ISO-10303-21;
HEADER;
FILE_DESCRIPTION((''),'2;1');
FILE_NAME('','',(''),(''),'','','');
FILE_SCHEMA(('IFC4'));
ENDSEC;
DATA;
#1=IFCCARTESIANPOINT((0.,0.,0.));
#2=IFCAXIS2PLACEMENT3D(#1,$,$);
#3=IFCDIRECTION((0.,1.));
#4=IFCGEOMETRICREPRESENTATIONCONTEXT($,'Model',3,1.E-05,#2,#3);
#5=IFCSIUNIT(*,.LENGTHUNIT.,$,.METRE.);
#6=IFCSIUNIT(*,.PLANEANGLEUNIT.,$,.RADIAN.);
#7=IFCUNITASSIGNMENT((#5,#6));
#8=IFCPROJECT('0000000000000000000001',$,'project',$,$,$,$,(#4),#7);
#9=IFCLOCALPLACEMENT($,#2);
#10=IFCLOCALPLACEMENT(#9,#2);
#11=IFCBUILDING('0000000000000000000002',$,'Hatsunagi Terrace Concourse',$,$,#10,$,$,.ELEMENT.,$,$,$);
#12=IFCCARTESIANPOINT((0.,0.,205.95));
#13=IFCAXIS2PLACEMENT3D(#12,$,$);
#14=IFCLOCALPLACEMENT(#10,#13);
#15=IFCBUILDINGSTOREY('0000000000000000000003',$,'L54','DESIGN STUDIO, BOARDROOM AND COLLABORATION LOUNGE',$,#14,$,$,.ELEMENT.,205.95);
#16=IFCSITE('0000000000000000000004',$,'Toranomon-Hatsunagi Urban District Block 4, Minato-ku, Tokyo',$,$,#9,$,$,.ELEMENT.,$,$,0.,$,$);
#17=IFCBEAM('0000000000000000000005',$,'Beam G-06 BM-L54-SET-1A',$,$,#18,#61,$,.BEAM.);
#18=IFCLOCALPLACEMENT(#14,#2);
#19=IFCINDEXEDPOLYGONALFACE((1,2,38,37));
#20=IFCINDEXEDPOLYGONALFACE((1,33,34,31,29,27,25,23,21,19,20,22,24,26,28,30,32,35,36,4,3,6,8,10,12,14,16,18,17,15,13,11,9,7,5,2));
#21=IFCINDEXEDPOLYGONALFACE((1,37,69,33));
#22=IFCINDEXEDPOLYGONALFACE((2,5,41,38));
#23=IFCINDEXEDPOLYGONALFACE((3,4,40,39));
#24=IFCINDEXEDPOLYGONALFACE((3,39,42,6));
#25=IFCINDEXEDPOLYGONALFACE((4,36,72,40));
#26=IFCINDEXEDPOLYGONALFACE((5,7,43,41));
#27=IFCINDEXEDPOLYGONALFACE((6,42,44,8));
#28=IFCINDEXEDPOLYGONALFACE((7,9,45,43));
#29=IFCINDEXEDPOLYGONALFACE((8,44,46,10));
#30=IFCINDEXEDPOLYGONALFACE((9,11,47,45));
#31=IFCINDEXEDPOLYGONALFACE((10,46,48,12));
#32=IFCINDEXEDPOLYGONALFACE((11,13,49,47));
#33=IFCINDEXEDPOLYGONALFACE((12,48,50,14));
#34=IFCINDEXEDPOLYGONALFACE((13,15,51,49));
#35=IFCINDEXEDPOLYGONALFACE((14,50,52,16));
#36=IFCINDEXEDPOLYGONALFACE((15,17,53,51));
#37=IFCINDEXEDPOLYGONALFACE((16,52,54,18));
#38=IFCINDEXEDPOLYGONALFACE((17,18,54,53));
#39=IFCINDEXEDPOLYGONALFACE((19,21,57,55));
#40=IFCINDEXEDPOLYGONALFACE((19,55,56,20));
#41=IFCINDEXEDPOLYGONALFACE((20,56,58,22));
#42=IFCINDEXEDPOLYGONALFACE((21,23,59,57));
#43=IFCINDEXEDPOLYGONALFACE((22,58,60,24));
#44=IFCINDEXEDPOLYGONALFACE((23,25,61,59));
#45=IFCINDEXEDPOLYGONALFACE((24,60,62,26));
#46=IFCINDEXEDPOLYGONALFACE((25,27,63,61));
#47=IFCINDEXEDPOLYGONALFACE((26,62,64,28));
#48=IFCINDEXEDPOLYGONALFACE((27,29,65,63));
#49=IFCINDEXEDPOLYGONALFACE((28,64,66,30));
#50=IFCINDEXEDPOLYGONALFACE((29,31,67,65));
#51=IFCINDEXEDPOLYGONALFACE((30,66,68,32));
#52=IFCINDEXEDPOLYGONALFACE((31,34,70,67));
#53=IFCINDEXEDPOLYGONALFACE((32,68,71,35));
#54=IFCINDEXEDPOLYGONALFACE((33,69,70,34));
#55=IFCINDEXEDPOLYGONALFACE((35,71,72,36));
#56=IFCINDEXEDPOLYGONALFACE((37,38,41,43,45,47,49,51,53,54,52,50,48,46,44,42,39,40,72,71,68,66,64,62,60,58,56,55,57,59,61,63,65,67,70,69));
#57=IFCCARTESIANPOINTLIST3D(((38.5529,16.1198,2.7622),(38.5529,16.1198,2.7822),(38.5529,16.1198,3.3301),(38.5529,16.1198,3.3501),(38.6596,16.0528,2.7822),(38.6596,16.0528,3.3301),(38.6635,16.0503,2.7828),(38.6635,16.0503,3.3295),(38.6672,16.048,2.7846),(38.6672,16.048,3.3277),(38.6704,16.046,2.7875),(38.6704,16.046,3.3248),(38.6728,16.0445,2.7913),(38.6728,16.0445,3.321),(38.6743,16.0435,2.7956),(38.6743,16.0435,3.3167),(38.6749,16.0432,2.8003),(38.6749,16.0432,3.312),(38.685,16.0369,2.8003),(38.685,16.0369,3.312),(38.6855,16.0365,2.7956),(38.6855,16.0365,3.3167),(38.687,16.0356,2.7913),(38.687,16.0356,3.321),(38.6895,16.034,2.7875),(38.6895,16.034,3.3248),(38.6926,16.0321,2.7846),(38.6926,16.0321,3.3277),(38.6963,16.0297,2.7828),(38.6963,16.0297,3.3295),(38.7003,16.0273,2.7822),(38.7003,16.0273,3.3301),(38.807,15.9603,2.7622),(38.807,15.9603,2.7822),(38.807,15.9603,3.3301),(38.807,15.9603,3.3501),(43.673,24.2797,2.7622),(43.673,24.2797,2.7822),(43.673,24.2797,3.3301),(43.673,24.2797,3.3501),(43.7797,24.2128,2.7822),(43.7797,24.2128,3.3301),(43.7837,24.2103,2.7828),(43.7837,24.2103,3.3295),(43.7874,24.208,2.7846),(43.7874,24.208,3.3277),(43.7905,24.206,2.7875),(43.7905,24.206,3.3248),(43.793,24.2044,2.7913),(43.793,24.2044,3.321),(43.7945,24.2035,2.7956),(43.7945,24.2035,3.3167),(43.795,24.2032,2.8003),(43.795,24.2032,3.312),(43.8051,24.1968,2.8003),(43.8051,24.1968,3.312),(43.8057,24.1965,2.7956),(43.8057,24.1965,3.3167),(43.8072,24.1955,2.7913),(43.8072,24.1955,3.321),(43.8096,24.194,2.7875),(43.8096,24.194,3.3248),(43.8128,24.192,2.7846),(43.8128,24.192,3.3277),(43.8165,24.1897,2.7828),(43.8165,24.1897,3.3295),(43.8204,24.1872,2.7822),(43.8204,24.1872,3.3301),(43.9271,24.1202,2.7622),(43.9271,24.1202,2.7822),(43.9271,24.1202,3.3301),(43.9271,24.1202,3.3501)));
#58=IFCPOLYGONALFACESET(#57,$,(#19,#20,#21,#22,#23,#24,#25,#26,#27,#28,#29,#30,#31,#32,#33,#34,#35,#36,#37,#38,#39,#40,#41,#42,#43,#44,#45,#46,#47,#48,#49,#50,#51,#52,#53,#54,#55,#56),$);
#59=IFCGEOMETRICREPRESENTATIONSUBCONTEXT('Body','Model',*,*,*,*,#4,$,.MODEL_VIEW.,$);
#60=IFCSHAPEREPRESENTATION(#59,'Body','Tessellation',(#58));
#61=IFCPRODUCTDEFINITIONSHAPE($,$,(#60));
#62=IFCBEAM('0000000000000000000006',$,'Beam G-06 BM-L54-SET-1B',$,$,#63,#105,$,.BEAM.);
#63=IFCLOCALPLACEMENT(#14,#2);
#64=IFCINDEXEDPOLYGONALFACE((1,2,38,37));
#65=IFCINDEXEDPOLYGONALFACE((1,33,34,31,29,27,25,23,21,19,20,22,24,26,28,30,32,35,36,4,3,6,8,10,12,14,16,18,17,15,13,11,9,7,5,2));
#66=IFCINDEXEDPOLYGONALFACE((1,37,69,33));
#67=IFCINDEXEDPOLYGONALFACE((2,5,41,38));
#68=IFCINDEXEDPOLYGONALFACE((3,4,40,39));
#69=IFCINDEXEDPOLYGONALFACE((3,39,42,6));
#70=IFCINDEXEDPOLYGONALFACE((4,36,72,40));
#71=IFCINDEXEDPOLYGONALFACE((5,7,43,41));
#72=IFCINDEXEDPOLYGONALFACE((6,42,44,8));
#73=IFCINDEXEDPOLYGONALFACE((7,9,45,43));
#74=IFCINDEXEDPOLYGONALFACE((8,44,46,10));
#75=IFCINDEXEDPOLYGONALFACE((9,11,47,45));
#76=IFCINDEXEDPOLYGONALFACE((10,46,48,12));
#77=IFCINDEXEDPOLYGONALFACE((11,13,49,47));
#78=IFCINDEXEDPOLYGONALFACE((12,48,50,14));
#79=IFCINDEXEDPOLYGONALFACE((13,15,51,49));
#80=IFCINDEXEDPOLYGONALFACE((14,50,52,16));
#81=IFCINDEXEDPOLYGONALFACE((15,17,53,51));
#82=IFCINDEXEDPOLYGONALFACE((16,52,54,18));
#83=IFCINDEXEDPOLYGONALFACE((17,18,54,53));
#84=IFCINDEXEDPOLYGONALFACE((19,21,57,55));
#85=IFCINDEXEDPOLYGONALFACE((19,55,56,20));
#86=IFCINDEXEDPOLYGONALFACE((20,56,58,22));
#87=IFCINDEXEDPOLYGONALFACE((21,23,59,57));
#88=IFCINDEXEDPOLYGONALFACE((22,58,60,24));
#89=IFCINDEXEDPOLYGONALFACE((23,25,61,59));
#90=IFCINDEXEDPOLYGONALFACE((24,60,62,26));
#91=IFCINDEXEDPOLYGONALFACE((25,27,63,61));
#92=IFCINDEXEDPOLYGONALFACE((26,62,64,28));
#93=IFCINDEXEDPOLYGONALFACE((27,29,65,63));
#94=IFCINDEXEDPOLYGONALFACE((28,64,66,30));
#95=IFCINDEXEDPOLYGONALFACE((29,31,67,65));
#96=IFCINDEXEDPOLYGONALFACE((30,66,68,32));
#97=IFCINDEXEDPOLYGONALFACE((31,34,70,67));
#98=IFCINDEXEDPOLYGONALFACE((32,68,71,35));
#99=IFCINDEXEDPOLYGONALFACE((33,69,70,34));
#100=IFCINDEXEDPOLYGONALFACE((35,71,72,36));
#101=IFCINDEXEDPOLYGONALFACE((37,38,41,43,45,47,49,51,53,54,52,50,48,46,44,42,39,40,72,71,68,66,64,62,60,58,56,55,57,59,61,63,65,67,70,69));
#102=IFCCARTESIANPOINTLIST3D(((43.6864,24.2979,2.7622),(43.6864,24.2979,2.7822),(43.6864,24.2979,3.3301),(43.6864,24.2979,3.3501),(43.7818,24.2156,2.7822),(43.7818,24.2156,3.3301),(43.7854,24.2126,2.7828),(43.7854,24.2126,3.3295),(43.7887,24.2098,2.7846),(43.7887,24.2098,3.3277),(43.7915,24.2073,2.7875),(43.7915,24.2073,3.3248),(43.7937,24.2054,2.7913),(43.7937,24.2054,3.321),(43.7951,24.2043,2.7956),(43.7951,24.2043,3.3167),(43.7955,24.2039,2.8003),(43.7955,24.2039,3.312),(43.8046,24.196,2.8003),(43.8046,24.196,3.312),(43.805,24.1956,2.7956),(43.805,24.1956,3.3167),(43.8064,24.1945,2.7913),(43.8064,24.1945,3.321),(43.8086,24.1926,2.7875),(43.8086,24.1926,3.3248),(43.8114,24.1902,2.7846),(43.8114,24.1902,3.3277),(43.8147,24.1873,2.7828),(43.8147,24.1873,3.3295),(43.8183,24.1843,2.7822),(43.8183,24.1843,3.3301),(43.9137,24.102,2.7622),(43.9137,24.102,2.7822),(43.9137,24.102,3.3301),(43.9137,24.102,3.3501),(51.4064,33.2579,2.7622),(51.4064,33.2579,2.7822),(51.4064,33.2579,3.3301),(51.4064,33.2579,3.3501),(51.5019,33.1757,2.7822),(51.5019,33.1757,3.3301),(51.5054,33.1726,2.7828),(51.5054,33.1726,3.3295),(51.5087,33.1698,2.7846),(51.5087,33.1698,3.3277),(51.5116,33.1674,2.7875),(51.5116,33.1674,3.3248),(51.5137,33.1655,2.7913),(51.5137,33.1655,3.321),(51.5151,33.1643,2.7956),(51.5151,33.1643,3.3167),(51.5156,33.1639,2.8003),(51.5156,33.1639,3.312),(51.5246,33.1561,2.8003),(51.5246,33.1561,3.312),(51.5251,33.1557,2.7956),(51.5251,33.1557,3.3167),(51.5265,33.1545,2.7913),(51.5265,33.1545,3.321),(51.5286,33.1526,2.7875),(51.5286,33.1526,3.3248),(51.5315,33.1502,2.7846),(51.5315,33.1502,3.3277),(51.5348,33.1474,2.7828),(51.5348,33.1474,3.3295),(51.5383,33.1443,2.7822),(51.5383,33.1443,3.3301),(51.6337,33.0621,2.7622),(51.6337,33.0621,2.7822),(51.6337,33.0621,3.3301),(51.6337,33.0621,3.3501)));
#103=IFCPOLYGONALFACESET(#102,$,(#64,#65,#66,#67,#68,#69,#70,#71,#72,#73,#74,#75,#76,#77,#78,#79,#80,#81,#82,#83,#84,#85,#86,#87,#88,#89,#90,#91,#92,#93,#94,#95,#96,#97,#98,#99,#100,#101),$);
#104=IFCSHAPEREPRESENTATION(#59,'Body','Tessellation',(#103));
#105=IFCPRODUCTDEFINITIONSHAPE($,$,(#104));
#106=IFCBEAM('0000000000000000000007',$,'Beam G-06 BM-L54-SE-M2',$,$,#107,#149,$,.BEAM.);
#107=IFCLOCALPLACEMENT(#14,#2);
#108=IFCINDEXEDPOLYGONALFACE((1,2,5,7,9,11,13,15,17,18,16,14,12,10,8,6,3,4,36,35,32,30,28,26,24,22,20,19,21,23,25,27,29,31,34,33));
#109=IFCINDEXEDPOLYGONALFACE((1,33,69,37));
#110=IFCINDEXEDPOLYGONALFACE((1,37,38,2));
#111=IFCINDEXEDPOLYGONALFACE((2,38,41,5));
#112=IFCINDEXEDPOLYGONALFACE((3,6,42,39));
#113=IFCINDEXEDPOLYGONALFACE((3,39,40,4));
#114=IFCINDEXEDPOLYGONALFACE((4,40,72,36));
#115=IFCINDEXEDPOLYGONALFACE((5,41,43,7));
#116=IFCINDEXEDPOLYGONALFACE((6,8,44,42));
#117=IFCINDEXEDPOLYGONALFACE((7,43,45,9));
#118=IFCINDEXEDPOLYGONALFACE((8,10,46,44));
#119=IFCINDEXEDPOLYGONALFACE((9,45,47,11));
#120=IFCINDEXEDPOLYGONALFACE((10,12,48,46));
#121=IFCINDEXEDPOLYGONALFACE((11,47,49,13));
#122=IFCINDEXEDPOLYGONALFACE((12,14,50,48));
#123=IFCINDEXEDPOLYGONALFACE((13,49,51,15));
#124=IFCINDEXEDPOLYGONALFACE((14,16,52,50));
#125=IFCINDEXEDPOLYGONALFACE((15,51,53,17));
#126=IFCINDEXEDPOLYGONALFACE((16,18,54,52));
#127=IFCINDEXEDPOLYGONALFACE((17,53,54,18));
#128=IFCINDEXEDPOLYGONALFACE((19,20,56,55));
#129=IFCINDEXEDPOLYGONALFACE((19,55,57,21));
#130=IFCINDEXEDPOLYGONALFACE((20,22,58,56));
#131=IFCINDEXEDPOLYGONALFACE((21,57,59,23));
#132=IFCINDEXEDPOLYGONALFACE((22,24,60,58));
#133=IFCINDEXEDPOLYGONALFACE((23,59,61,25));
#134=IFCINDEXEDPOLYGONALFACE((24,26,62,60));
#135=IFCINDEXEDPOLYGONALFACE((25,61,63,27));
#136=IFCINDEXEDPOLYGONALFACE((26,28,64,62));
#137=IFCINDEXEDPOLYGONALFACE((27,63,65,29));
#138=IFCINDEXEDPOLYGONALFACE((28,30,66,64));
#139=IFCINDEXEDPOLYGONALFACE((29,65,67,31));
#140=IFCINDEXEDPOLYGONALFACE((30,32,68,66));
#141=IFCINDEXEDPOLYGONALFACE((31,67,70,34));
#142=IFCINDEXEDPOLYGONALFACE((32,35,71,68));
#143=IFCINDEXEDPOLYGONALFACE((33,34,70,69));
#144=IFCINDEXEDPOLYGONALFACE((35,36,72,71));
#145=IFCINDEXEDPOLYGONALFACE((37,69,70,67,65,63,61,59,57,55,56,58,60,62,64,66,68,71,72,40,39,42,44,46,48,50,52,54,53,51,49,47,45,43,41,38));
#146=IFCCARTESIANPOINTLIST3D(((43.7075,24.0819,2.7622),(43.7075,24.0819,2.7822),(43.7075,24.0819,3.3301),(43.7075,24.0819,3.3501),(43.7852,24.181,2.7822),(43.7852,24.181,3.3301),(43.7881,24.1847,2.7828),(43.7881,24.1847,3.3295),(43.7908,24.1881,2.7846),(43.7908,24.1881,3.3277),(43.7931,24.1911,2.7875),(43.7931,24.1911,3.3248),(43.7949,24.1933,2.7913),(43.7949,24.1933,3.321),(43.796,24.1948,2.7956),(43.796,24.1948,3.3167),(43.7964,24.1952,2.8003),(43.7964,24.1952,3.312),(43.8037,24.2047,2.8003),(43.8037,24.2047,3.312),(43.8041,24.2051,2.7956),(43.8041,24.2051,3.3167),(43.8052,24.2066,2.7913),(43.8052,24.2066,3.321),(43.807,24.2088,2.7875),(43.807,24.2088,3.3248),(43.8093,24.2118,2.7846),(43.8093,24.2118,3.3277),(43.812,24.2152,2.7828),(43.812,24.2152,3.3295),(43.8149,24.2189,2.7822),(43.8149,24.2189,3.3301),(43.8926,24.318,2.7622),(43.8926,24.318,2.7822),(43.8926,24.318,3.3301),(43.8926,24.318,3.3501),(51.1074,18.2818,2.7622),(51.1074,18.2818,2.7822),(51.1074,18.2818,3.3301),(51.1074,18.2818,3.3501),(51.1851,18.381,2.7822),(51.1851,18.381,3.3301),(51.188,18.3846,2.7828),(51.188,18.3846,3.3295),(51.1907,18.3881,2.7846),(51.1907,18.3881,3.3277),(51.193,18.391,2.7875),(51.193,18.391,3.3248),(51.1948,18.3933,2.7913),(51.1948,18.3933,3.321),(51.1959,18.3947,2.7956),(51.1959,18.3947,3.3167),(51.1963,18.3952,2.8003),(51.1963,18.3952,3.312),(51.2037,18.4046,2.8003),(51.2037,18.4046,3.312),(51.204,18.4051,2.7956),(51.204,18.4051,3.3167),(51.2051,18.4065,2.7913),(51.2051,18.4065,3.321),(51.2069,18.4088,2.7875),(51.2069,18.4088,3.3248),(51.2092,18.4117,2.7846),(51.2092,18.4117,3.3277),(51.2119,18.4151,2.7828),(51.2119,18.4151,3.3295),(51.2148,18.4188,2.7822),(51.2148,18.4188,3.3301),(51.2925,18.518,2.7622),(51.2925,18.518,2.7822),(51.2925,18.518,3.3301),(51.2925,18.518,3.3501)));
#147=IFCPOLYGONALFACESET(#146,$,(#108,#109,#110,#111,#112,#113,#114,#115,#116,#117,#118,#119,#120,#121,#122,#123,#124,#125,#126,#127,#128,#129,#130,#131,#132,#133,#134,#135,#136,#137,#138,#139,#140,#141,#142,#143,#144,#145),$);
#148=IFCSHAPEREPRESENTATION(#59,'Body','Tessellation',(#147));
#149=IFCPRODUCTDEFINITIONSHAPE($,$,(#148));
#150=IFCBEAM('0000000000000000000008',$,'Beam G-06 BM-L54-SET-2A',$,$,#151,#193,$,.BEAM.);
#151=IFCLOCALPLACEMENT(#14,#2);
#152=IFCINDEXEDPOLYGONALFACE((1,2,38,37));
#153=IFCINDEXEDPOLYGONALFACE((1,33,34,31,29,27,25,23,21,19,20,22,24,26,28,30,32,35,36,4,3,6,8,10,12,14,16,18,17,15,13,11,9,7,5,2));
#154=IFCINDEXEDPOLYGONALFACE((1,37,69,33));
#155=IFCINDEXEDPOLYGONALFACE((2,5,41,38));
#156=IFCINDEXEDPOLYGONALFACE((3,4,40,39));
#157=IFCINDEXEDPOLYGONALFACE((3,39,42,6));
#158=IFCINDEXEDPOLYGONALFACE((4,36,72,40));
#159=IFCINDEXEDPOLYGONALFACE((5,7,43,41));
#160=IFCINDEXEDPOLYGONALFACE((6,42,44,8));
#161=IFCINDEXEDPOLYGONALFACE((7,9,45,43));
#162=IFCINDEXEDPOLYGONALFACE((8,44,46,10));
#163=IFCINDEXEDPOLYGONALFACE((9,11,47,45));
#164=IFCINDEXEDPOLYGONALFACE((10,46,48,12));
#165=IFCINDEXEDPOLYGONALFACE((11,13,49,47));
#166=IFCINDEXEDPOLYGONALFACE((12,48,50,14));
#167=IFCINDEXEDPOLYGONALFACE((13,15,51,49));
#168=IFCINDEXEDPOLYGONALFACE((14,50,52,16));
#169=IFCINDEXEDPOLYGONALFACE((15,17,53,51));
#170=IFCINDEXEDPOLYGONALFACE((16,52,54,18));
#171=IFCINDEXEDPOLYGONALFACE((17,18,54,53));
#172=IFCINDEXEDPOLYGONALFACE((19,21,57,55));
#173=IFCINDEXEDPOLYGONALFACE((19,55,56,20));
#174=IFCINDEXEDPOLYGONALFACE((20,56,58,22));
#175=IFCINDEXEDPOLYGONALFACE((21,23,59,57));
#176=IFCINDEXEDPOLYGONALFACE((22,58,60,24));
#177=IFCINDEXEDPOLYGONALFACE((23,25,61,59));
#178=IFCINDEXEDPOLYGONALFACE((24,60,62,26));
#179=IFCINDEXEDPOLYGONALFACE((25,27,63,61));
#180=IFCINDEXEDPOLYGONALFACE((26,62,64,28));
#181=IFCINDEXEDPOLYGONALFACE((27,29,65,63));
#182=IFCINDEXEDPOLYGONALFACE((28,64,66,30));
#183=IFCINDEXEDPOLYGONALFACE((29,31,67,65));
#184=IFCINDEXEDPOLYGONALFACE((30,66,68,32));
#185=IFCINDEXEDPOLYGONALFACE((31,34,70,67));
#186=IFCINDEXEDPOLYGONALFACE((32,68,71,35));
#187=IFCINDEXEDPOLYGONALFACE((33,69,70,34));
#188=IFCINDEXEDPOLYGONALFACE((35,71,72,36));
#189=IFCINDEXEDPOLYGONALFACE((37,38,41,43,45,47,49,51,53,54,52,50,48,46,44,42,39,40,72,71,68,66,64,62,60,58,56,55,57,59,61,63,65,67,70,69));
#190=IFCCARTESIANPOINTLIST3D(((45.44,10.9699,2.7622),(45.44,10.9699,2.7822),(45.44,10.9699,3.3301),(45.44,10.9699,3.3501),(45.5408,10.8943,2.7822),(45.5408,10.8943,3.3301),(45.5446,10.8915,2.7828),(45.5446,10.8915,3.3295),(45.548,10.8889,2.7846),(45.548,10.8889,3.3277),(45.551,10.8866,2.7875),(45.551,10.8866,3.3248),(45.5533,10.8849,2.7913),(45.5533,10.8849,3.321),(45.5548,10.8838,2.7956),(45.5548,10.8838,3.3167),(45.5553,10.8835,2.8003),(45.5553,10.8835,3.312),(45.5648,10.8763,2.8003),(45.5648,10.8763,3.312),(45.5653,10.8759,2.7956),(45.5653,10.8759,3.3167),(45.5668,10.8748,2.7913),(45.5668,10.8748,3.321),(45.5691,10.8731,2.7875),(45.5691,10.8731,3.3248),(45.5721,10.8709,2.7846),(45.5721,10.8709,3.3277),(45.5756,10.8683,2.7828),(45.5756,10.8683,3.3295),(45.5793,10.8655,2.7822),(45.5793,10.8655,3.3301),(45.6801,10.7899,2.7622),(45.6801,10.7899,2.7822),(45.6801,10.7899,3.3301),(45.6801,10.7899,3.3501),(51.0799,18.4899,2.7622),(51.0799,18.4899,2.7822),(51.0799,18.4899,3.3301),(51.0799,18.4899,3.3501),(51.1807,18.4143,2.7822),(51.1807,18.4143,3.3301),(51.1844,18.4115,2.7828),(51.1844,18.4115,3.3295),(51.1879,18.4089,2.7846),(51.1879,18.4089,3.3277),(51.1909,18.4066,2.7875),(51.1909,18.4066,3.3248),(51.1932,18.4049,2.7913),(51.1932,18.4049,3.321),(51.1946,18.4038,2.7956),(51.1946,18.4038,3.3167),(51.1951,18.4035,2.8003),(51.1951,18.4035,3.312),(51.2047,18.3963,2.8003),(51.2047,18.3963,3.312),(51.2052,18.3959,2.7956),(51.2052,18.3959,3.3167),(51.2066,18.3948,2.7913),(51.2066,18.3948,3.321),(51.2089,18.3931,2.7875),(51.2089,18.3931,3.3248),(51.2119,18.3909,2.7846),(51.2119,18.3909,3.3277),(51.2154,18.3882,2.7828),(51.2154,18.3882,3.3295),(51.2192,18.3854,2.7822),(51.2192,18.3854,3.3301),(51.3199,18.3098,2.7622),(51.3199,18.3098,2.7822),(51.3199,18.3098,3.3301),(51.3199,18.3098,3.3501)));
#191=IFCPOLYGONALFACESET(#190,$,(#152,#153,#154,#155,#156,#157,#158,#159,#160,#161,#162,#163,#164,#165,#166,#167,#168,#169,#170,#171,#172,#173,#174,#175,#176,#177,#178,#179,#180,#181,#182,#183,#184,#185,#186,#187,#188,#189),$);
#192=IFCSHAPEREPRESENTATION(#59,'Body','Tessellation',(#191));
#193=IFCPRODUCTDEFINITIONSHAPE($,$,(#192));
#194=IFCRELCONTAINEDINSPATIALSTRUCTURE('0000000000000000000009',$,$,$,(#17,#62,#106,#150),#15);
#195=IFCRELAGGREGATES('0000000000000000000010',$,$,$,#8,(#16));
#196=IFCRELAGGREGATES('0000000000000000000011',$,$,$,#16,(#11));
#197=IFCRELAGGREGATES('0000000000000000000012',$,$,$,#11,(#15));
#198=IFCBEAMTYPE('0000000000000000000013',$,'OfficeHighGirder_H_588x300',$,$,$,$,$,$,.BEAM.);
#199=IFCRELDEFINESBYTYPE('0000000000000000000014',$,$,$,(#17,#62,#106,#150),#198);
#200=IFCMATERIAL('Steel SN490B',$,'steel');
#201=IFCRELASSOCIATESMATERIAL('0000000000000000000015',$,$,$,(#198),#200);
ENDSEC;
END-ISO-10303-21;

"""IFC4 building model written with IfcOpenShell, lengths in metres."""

from ifc_helpers import new_model, si_unit, direction, frame, origin, origin_2d, place, context, subcontext, project, spatial, i_section, extrude, material, material_profile, profile_set, type_object, element, save


model = new_model("IFC4")

# Units and contexts
model_context = context("Model", 3, precision=1e-05, world=origin(), true_north=direction((0.0, 1.0)))
body_context = subcontext(model_context, "Body", "Model", "MODEL_VIEW")
ifc_project = project(units=[si_unit("LENGTHUNIT", "METRE"), si_unit("PLANEANGLEUNIT", "RADIAN")], contexts=[model_context])

# Site, building, storey
site_placement = place(None, origin())
site = spatial("IfcSite", under=ifc_project, at=site_placement, Name="Toranomon-Hatsunagi Urban District Block 4, Minato-ku, Tokyo", CompositionType="ELEMENT", RefElevation=0.0)
building_placement = place(site_placement, origin())
building = spatial("IfcBuilding", under=site, at=building_placement, Name="Hatsunagi Terrace Concourse", CompositionType="ELEMENT")
storey_placement = place(building_placement, frame((0.0, 0.0, 205.95)))
storey = spatial("IfcBuildingStorey", under=building, at=storey_placement, Name="L54", Description="DESIGN STUDIO, BOARDROOM AND COLLABORATION LOUNGE", CompositionType="ELEMENT", Elevation=205.95)

# Beams
ifc_material_1 = material(Name="Steel SN490B", Category="steel")
ifc_material_profile_1 = material_profile(ifc_material_1, i_section(OverallWidth=0.3, OverallDepth=0.5879, WebThickness=0.012, FlangeThickness=0.02, FilletRadius=0.0181, at=origin_2d()), Name="H-588x300x12x20")
ifc_profile_set_1 = profile_set([ifc_material_profile_1], Name="Steel SN490B")
beam_type_1 = type_object("IfcBeamType", Name="OfficeHighGirder_H_588x300", PredefinedType="BEAM", material=ifc_profile_set_1)
beam_1_placement = place(storey_placement, frame((38.6799, 16.04, 3.0562), z_axis=(0.531504, 0.847056, 0.0), x_axis=(-0.847056, 0.531504, 0.0)))
element("IfcBeam", 1, at=beam_1_placement, inside=storey, type_object=beam_type_1, Name="Beam G-06 BM-L54-SET-1A", PredefinedType="BEAM", context=body_context, shape_type="SweptSolid", body=[
    extrude(i_section(OverallWidth=0.3, OverallDepth=0.5879, WebThickness=0.012, FlangeThickness=0.02, FilletRadius=0.0181, at=origin_2d()), origin(), (0.0, 0.0, 1.0), 9.6333),
])
beam_2_placement = place(storey_placement, frame((43.8, 24.2, 3.0562), z_axis=(0.652739, 0.757583, 0.0), x_axis=(-0.757583, 0.652739, 0.0)))
element("IfcBeam", 2, at=beam_2_placement, inside=storey, type_object=beam_type_1, Name="Beam G-06 BM-L54-SET-1B", PredefinedType="BEAM", context=body_context, shape_type="SweptSolid", body=[
    extrude(i_section(OverallWidth=0.3, OverallDepth=0.5879, WebThickness=0.012, FlangeThickness=0.02, FilletRadius=0.0181, at=origin_2d()), origin(), (0.0, 0.0, 1.0), 11.8271),
])
beam_3_placement = place(storey_placement, frame((43.8, 24.2, 3.0562), z_axis=(0.787049, -0.61689, 0.0), x_axis=(0.61689, 0.787049, 0.0)))
element("IfcBeam", 3, at=beam_3_placement, inside=storey, type_object=beam_type_1, Name="Beam G-06 BM-L54-SE-M2", PredefinedType="BEAM", context=body_context, shape_type="SweptSolid", body=[
    extrude(i_section(OverallWidth=0.3, OverallDepth=0.5879, WebThickness=0.012, FlangeThickness=0.02, FilletRadius=0.0181, at=origin_2d()), origin(), (0.0, 0.0, 1.0), 9.4021),
])
beam_4_placement = place(storey_placement, frame((45.5601, 10.8799, 3.0562), z_axis=(0.599992, 0.800006, 0.0), x_axis=(-0.800006, 0.599992, 0.0)))
element("IfcBeam", 4, at=beam_4_placement, inside=storey, type_object=beam_type_1, Name="Beam G-06 BM-L54-SET-2A", PredefinedType="BEAM", context=body_context, shape_type="SweptSolid", body=[
    extrude(i_section(OverallWidth=0.3, OverallDepth=0.5879, WebThickness=0.012, FlangeThickness=0.02, FilletRadius=0.0181, at=origin_2d()), origin(), (0.0, 0.0, 1.0), 9.3999),
])

save(model, "model.ifc")
